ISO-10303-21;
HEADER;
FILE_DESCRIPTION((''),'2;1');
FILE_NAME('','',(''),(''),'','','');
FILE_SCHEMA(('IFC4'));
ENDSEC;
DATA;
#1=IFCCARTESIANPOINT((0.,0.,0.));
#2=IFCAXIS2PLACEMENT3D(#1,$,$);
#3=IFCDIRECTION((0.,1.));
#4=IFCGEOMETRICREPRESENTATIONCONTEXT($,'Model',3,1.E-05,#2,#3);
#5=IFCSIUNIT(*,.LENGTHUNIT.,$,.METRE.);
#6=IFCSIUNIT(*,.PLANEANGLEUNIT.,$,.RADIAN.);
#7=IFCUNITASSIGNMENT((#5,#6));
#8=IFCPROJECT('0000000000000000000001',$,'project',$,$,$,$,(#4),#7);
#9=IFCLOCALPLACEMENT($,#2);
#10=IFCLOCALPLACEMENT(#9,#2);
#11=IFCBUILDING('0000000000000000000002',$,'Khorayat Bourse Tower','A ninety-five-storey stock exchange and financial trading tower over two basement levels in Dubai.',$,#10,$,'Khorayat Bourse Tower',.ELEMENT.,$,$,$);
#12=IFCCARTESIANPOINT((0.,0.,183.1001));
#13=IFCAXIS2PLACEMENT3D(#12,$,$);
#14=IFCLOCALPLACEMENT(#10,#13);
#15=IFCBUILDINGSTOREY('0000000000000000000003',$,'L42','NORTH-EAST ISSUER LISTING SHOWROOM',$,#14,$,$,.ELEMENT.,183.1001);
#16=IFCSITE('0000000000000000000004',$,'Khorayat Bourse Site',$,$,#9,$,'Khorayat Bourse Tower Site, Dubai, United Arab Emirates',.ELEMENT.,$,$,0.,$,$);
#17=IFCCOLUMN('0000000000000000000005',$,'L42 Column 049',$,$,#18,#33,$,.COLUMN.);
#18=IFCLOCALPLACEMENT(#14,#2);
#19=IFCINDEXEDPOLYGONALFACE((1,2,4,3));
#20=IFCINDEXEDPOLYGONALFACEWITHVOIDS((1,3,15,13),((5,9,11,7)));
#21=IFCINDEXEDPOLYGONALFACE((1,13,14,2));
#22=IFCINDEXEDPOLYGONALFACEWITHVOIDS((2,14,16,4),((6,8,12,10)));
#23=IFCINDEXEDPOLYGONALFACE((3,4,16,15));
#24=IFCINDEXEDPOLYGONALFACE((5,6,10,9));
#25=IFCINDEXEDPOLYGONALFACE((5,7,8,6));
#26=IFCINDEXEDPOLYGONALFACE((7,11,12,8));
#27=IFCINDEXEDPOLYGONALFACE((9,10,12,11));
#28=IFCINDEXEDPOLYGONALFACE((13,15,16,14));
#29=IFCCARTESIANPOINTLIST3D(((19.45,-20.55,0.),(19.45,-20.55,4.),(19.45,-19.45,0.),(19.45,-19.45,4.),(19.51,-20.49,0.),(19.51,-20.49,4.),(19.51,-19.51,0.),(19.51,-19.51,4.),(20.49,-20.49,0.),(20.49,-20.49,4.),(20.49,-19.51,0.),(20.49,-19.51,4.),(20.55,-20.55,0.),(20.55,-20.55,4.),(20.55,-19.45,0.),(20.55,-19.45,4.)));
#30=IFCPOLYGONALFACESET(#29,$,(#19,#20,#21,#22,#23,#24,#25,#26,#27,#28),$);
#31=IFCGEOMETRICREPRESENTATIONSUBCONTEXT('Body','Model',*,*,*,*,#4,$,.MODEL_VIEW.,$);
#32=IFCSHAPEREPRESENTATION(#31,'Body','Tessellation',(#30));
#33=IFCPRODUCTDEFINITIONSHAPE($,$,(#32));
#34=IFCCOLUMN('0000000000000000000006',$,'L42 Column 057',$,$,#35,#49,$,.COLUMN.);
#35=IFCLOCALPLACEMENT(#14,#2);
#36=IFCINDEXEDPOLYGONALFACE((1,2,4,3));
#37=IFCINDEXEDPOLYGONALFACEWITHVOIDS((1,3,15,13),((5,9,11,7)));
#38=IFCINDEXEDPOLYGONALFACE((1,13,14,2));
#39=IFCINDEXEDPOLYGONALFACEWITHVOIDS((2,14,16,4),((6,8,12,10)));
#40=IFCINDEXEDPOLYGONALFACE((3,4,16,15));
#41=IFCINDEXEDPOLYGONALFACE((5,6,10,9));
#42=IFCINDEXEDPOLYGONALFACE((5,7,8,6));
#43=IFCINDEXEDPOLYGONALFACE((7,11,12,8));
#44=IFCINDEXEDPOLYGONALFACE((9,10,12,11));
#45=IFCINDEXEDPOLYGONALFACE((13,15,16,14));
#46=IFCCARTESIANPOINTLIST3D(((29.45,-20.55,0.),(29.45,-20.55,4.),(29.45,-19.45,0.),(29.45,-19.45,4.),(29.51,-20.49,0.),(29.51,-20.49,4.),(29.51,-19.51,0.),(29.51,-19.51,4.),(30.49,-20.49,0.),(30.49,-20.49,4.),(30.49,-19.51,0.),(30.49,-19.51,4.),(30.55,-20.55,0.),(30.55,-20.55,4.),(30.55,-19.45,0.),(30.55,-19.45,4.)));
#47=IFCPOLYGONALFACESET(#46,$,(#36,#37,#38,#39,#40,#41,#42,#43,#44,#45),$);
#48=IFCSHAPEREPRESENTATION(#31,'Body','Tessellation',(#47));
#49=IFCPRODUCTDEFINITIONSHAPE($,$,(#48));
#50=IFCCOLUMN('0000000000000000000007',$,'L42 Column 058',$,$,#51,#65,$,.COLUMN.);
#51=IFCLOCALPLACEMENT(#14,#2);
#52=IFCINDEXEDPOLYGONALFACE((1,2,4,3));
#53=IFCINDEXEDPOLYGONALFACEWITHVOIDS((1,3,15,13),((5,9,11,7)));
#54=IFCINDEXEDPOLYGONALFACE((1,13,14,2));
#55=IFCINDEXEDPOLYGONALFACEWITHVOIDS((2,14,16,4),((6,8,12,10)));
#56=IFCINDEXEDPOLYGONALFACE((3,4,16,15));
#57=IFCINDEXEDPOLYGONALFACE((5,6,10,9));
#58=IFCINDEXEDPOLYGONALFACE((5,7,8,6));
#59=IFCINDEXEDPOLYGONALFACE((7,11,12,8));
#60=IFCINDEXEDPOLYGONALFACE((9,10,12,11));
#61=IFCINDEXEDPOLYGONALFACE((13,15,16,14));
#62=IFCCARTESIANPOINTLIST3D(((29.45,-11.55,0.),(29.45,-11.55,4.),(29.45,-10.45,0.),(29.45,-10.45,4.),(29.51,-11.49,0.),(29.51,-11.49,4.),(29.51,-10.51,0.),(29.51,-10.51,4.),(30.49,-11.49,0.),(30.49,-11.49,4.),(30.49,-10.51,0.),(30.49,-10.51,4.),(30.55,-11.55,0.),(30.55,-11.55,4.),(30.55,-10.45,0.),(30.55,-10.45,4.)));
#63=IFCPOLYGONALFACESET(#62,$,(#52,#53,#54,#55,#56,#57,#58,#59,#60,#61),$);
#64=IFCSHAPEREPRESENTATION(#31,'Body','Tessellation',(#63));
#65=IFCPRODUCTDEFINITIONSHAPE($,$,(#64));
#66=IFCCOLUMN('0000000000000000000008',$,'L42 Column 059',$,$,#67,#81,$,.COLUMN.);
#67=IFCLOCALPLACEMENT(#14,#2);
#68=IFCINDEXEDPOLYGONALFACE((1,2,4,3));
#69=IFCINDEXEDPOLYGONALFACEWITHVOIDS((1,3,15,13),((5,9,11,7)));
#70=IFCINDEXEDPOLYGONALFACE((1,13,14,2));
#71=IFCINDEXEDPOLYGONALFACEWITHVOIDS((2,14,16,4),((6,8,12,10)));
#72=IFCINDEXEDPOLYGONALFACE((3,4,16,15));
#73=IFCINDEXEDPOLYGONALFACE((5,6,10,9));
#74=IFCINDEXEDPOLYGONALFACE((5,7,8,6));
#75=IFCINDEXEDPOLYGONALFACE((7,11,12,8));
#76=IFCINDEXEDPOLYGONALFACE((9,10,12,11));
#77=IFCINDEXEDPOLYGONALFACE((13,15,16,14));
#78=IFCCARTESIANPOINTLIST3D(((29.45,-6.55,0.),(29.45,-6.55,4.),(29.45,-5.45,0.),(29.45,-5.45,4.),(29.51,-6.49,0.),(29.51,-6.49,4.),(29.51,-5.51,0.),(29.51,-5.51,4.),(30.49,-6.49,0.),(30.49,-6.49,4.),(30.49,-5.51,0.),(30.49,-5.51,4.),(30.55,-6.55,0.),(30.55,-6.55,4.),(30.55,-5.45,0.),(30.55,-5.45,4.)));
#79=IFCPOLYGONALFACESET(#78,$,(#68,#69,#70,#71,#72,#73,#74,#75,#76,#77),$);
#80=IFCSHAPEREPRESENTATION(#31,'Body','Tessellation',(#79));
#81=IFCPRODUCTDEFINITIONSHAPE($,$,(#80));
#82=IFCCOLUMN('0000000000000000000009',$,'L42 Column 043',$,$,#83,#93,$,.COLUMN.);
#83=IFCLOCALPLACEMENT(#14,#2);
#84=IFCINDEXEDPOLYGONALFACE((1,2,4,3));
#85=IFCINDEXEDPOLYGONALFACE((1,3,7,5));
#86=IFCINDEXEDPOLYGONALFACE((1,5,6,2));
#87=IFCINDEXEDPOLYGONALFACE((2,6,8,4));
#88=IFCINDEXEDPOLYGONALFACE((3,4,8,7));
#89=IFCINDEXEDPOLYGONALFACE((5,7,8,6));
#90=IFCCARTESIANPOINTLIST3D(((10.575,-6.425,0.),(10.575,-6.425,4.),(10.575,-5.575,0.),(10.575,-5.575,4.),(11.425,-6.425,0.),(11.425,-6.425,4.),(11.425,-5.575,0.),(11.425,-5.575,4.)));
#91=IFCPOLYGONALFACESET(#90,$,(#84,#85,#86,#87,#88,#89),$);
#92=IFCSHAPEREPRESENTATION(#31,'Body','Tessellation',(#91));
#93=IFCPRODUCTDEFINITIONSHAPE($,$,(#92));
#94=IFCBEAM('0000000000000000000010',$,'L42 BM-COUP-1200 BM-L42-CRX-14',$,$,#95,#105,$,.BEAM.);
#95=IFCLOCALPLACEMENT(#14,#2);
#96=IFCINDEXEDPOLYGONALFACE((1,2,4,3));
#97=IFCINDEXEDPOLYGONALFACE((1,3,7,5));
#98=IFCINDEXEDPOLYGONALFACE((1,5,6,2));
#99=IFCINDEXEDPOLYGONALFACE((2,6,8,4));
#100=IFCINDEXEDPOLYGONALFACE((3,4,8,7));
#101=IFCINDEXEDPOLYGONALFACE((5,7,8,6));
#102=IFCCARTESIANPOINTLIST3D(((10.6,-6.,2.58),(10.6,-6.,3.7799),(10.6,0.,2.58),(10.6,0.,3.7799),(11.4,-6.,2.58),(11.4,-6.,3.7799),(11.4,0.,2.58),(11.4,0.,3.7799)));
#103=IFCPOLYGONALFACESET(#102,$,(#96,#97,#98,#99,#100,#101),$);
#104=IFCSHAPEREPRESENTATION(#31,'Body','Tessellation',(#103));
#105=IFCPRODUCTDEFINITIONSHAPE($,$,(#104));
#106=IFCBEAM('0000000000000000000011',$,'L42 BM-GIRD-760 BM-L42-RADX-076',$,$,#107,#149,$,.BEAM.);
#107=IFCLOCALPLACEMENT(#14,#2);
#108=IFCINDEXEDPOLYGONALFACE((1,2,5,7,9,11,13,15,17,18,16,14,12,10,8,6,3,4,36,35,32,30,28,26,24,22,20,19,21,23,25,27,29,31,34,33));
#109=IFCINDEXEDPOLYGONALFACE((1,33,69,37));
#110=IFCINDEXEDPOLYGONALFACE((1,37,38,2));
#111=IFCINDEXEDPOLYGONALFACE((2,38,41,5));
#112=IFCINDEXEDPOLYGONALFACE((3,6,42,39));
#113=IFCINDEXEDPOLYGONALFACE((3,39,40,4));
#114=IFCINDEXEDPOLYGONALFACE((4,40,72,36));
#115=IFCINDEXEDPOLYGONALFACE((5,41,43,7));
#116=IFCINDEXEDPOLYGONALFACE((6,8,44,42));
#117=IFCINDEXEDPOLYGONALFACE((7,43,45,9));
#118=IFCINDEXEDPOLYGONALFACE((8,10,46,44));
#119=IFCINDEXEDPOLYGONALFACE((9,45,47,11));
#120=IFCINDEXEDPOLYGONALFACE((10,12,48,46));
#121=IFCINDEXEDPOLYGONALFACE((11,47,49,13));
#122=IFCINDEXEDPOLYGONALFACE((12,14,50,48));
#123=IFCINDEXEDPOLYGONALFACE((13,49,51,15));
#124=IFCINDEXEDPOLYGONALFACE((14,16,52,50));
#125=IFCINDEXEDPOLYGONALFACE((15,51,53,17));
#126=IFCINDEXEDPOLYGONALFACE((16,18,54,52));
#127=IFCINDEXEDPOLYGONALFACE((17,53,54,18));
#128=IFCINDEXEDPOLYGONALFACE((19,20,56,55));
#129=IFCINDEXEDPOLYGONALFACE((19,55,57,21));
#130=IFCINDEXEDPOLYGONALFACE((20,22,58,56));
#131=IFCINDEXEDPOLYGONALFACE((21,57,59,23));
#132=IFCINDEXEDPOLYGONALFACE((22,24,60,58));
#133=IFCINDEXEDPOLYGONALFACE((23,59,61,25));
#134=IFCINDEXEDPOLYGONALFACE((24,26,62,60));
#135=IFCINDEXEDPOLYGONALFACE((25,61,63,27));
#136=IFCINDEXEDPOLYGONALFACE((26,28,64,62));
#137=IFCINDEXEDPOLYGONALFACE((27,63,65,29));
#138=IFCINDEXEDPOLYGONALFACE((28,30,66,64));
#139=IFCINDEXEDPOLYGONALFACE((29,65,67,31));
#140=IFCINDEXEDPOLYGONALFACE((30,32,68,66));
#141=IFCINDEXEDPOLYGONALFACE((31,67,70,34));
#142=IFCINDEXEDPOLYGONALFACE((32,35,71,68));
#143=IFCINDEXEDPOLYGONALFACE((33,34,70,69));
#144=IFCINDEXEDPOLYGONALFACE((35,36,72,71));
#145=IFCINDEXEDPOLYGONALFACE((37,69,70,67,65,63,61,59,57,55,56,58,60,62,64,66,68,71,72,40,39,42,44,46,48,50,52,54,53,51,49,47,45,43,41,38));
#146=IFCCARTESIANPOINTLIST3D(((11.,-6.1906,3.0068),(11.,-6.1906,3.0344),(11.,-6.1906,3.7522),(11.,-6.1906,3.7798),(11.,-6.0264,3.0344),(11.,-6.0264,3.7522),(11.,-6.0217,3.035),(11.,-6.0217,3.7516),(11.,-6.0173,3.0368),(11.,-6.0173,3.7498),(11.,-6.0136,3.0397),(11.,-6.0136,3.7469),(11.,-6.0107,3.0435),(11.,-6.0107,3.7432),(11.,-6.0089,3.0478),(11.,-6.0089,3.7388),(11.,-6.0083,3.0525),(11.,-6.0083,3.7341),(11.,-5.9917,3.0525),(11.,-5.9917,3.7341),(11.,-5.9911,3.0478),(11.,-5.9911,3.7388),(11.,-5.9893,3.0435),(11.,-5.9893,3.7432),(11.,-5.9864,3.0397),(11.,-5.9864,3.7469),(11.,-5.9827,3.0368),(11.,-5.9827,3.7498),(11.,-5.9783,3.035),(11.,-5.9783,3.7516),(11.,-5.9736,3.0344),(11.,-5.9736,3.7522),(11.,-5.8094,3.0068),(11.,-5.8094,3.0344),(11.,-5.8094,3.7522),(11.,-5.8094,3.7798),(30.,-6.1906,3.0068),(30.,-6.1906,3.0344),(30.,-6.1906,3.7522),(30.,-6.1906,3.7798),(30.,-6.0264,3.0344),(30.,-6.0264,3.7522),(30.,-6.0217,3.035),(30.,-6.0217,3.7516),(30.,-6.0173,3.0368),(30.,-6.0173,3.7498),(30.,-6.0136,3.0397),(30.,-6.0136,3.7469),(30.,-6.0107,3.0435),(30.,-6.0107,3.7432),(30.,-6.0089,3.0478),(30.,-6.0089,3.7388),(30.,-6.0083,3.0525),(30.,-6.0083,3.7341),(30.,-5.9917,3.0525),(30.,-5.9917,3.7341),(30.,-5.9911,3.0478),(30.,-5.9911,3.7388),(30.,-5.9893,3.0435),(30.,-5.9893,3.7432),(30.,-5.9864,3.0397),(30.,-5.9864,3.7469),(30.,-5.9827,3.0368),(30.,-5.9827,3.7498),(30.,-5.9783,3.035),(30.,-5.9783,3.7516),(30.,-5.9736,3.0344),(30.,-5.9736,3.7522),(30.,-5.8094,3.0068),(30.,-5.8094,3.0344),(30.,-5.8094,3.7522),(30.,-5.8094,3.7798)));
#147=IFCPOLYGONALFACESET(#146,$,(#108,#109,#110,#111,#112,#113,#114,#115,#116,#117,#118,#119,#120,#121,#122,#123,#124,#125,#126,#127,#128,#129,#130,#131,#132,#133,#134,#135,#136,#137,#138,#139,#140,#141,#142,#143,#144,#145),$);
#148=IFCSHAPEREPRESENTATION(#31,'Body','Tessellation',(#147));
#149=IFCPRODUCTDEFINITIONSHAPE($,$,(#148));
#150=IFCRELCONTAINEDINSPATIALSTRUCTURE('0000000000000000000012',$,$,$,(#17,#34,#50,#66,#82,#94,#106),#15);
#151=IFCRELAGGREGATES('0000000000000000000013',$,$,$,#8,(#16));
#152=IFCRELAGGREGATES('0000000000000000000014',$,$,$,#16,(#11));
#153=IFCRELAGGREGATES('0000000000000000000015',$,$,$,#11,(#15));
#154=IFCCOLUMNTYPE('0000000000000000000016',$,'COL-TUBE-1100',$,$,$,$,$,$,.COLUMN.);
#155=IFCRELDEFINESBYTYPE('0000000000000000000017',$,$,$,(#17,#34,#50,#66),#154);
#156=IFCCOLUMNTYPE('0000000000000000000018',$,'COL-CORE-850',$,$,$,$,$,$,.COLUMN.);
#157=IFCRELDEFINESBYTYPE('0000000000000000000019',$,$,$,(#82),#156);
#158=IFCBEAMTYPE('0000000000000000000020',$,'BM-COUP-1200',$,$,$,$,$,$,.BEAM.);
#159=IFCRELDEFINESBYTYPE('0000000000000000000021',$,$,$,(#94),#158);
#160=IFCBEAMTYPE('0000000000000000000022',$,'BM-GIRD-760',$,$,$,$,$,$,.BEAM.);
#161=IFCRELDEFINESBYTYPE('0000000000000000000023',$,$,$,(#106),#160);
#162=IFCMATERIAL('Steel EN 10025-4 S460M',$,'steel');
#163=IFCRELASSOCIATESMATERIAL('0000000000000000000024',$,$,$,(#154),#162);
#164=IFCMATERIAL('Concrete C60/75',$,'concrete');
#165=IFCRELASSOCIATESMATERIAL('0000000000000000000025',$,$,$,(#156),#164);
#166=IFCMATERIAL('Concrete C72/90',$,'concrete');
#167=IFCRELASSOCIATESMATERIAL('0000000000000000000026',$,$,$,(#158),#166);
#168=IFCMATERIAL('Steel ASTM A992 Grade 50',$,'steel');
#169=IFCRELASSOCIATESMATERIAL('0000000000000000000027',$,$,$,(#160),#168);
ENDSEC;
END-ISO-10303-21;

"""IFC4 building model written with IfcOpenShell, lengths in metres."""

from ifc_helpers import new_model, si_unit, direction, frame, origin, origin_2d, place, context, subcontext, project, spatial, rectangle, hollow_rectangle, i_section, extrude, source, transform, mapped, material, material_profile, profile_set, type_object, element, save


model = new_model("IFC4")

# Units and contexts
model_context = context("Model", 3, precision=1e-05, world=origin(), true_north=direction((0.0, 1.0)))
body_context = subcontext(model_context, "Body", "Model", "MODEL_VIEW")
ifc_project = project(units=[si_unit("LENGTHUNIT", "METRE"), si_unit("PLANEANGLEUNIT", "RADIAN")], contexts=[model_context])

# Site, building, storey
site_placement = place(None, origin())
site = spatial("IfcSite", under=ifc_project, at=site_placement, Name="Khorayat Bourse Site", LongName="Khorayat Bourse Tower Site, Dubai, United Arab Emirates", CompositionType="ELEMENT", RefElevation=0.0)
building_placement = place(site_placement, origin())
building = spatial("IfcBuilding", under=site, at=building_placement, Name="Khorayat Bourse Tower", Description="A ninety-five-storey stock exchange and financial trading tower over two basement levels in Dubai.", LongName="Khorayat Bourse Tower", CompositionType="ELEMENT")
storey_placement = place(building_placement, frame((0.0, 0.0, 183.1001)))
storey = spatial("IfcBuildingStorey", under=building, at=storey_placement, Name="L42", Description="NORTH-EAST ISSUER LISTING SHOWROOM", CompositionType="ELEMENT", Elevation=183.1001)

# Columns
ifc_material_1 = material(Name="Steel EN 10025-4 S460M", Category="steel")
ifc_material_profile_1 = material_profile(ifc_material_1, hollow_rectangle(XDim=1.1001, YDim=1.1001, WallThickness=0.0601, at=origin_2d()), Name="BOX 1100x1100x60")
ifc_profile_set_1 = profile_set([ifc_material_profile_1], Name="Steel EN 10025-4 S460M")
column_type_1 = type_object("IfcColumnType", Name="COL-TUBE-1100", PredefinedType="COLUMN", material=ifc_profile_set_1)
shared_shape_1 = source(origin(), body_context, "Body", "SweptSolid", [
    extrude(hollow_rectangle(XDim=1.1001, YDim=1.1001, WallThickness=0.0601, at=origin_2d()), origin(), (0.0, 0.0, 1.0), 4.0),
])
for number, where, z_axis, x_axis, name in (
    (1, (20.0, -20.0, 0.0), (0.0, 0.0, 1.0), (1.0, 0.0, 0.0), "L42 Column 049"),
    (2, (30.0, -20.0, 0.0), (0.0, 0.0, 1.0), (1.0, 0.0, 0.0), "L42 Column 057"),
    (3, (30.0, -11.0, 0.0), (0.0, 0.0, 1.0), (1.0, 0.0, 0.0), "L42 Column 058"),
    (4, (30.0, -6.0, 0.0), (0.0, 0.0, 1.0), (1.0, 0.0, 0.0), "L42 Column 059"),
):
    element("IfcColumn", number, at=place(storey_placement, frame(where, z_axis=z_axis, x_axis=x_axis)), inside=storey, type_object=column_type_1, Name=name, PredefinedType="COLUMN", context=body_context, shape_type="MappedRepresentation", body=[
        mapped(shared_shape_1, transform((0.0, 0.0, 0.0), scale=1.0)),
    ])
ifc_material_2 = material(Name="Concrete C60/75", Category="concrete")
ifc_material_profile_2 = material_profile(ifc_material_2, rectangle(XDim=0.8501, YDim=0.8501, at=origin_2d()), Name="RC 850x850")
ifc_profile_set_2 = profile_set([ifc_material_profile_2], Name="Concrete C60/75")
column_type_2 = type_object("IfcColumnType", Name="COL-CORE-850", PredefinedType="COLUMN", material=ifc_profile_set_2)
shared_shape_2 = source(origin(), body_context, "Body", "SweptSolid", [
    extrude(rectangle(XDim=0.8501, YDim=0.8501, at=origin_2d()), origin(), (0.0, 0.0, 1.0), 4.0),
])
column_placement = place(storey_placement, frame((11.0, -6.0, 0.0), z_axis=(0.0, 0.0, 1.0), x_axis=(1.0, 0.0, 0.0)))
element("IfcColumn", 5, at=column_placement, inside=storey, type_object=column_type_2, Name="L42 Column 043", PredefinedType="COLUMN", context=body_context, shape_type="MappedRepresentation", body=[
    mapped(shared_shape_2, transform((0.0, 0.0, 0.0), scale=1.0)),
])

# Beams
ifc_material_3 = material(Name="Concrete C72/90", Category="concrete")
ifc_material_profile_3 = material_profile(ifc_material_3, rectangle(XDim=0.8, YDim=1.2, at=origin_2d()), Name="RC 800x1200")
ifc_profile_set_3 = profile_set([ifc_material_profile_3], Name="Concrete C72/90")
beam_type_1 = type_object("IfcBeamType", Name="BM-COUP-1200", PredefinedType="BEAM", material=ifc_profile_set_3)
shared_shape_3 = source(origin(), body_context, "Body", "SweptSolid", [
    extrude(rectangle(XDim=0.8, YDim=1.2, at=origin_2d()), origin(), (0.0, 0.0, 1.0), 6.0),
])
beam_1_placement = place(storey_placement, frame((11.0, -6.0, 3.1799), z_axis=(0.0, 1.0, 0.0), x_axis=(-1.0, 0.0, 0.0)))
element("IfcBeam", 6, at=beam_1_placement, inside=storey, type_object=beam_type_1, Name="L42 BM-COUP-1200 BM-L42-CRX-14", PredefinedType="BEAM", context=body_context, shape_type="MappedRepresentation", body=[
    mapped(shared_shape_3, transform((0.0, 0.0, 0.0), scale=1.0)),
])
ifc_material_4 = material(Name="Steel ASTM A992 Grade 50", Category="steel")
ifc_material_profile_4 = material_profile(ifc_material_4, i_section(OverallWidth=0.3811, OverallDepth=0.7729, WebThickness=0.0166, FlangeThickness=0.0276, FilletRadius=0.0181, at=origin_2d()), Name="W760X257")
ifc_profile_set_4 = profile_set([ifc_material_profile_4], Name="Steel ASTM A992 Grade 50")
beam_type_2 = type_object("IfcBeamType", Name="BM-GIRD-760", PredefinedType="BEAM", material=ifc_profile_set_4)
shared_shape_4 = source(origin(), body_context, "Body", "SweptSolid", [
    extrude(i_section(OverallWidth=0.3811, OverallDepth=0.7729, WebThickness=0.0166, FlangeThickness=0.0276, FilletRadius=0.0181, at=origin_2d()), origin(), (0.0, 0.0, 1.0), 19.0),
])
beam_2_placement = place(storey_placement, frame((11.0, -6.0, 3.3933), z_axis=(1.0, 0.0, 0.0), x_axis=(0.0, 1.0, 0.0)))
element("IfcBeam", 7, at=beam_2_placement, inside=storey, type_object=beam_type_2, Name="L42 BM-GIRD-760 BM-L42-RADX-076", PredefinedType="BEAM", context=body_context, shape_type="MappedRepresentation", body=[
    mapped(shared_shape_4, transform((0.0, 0.0, 0.0), scale=1.0)),
])

save(model, "model.ifc")
